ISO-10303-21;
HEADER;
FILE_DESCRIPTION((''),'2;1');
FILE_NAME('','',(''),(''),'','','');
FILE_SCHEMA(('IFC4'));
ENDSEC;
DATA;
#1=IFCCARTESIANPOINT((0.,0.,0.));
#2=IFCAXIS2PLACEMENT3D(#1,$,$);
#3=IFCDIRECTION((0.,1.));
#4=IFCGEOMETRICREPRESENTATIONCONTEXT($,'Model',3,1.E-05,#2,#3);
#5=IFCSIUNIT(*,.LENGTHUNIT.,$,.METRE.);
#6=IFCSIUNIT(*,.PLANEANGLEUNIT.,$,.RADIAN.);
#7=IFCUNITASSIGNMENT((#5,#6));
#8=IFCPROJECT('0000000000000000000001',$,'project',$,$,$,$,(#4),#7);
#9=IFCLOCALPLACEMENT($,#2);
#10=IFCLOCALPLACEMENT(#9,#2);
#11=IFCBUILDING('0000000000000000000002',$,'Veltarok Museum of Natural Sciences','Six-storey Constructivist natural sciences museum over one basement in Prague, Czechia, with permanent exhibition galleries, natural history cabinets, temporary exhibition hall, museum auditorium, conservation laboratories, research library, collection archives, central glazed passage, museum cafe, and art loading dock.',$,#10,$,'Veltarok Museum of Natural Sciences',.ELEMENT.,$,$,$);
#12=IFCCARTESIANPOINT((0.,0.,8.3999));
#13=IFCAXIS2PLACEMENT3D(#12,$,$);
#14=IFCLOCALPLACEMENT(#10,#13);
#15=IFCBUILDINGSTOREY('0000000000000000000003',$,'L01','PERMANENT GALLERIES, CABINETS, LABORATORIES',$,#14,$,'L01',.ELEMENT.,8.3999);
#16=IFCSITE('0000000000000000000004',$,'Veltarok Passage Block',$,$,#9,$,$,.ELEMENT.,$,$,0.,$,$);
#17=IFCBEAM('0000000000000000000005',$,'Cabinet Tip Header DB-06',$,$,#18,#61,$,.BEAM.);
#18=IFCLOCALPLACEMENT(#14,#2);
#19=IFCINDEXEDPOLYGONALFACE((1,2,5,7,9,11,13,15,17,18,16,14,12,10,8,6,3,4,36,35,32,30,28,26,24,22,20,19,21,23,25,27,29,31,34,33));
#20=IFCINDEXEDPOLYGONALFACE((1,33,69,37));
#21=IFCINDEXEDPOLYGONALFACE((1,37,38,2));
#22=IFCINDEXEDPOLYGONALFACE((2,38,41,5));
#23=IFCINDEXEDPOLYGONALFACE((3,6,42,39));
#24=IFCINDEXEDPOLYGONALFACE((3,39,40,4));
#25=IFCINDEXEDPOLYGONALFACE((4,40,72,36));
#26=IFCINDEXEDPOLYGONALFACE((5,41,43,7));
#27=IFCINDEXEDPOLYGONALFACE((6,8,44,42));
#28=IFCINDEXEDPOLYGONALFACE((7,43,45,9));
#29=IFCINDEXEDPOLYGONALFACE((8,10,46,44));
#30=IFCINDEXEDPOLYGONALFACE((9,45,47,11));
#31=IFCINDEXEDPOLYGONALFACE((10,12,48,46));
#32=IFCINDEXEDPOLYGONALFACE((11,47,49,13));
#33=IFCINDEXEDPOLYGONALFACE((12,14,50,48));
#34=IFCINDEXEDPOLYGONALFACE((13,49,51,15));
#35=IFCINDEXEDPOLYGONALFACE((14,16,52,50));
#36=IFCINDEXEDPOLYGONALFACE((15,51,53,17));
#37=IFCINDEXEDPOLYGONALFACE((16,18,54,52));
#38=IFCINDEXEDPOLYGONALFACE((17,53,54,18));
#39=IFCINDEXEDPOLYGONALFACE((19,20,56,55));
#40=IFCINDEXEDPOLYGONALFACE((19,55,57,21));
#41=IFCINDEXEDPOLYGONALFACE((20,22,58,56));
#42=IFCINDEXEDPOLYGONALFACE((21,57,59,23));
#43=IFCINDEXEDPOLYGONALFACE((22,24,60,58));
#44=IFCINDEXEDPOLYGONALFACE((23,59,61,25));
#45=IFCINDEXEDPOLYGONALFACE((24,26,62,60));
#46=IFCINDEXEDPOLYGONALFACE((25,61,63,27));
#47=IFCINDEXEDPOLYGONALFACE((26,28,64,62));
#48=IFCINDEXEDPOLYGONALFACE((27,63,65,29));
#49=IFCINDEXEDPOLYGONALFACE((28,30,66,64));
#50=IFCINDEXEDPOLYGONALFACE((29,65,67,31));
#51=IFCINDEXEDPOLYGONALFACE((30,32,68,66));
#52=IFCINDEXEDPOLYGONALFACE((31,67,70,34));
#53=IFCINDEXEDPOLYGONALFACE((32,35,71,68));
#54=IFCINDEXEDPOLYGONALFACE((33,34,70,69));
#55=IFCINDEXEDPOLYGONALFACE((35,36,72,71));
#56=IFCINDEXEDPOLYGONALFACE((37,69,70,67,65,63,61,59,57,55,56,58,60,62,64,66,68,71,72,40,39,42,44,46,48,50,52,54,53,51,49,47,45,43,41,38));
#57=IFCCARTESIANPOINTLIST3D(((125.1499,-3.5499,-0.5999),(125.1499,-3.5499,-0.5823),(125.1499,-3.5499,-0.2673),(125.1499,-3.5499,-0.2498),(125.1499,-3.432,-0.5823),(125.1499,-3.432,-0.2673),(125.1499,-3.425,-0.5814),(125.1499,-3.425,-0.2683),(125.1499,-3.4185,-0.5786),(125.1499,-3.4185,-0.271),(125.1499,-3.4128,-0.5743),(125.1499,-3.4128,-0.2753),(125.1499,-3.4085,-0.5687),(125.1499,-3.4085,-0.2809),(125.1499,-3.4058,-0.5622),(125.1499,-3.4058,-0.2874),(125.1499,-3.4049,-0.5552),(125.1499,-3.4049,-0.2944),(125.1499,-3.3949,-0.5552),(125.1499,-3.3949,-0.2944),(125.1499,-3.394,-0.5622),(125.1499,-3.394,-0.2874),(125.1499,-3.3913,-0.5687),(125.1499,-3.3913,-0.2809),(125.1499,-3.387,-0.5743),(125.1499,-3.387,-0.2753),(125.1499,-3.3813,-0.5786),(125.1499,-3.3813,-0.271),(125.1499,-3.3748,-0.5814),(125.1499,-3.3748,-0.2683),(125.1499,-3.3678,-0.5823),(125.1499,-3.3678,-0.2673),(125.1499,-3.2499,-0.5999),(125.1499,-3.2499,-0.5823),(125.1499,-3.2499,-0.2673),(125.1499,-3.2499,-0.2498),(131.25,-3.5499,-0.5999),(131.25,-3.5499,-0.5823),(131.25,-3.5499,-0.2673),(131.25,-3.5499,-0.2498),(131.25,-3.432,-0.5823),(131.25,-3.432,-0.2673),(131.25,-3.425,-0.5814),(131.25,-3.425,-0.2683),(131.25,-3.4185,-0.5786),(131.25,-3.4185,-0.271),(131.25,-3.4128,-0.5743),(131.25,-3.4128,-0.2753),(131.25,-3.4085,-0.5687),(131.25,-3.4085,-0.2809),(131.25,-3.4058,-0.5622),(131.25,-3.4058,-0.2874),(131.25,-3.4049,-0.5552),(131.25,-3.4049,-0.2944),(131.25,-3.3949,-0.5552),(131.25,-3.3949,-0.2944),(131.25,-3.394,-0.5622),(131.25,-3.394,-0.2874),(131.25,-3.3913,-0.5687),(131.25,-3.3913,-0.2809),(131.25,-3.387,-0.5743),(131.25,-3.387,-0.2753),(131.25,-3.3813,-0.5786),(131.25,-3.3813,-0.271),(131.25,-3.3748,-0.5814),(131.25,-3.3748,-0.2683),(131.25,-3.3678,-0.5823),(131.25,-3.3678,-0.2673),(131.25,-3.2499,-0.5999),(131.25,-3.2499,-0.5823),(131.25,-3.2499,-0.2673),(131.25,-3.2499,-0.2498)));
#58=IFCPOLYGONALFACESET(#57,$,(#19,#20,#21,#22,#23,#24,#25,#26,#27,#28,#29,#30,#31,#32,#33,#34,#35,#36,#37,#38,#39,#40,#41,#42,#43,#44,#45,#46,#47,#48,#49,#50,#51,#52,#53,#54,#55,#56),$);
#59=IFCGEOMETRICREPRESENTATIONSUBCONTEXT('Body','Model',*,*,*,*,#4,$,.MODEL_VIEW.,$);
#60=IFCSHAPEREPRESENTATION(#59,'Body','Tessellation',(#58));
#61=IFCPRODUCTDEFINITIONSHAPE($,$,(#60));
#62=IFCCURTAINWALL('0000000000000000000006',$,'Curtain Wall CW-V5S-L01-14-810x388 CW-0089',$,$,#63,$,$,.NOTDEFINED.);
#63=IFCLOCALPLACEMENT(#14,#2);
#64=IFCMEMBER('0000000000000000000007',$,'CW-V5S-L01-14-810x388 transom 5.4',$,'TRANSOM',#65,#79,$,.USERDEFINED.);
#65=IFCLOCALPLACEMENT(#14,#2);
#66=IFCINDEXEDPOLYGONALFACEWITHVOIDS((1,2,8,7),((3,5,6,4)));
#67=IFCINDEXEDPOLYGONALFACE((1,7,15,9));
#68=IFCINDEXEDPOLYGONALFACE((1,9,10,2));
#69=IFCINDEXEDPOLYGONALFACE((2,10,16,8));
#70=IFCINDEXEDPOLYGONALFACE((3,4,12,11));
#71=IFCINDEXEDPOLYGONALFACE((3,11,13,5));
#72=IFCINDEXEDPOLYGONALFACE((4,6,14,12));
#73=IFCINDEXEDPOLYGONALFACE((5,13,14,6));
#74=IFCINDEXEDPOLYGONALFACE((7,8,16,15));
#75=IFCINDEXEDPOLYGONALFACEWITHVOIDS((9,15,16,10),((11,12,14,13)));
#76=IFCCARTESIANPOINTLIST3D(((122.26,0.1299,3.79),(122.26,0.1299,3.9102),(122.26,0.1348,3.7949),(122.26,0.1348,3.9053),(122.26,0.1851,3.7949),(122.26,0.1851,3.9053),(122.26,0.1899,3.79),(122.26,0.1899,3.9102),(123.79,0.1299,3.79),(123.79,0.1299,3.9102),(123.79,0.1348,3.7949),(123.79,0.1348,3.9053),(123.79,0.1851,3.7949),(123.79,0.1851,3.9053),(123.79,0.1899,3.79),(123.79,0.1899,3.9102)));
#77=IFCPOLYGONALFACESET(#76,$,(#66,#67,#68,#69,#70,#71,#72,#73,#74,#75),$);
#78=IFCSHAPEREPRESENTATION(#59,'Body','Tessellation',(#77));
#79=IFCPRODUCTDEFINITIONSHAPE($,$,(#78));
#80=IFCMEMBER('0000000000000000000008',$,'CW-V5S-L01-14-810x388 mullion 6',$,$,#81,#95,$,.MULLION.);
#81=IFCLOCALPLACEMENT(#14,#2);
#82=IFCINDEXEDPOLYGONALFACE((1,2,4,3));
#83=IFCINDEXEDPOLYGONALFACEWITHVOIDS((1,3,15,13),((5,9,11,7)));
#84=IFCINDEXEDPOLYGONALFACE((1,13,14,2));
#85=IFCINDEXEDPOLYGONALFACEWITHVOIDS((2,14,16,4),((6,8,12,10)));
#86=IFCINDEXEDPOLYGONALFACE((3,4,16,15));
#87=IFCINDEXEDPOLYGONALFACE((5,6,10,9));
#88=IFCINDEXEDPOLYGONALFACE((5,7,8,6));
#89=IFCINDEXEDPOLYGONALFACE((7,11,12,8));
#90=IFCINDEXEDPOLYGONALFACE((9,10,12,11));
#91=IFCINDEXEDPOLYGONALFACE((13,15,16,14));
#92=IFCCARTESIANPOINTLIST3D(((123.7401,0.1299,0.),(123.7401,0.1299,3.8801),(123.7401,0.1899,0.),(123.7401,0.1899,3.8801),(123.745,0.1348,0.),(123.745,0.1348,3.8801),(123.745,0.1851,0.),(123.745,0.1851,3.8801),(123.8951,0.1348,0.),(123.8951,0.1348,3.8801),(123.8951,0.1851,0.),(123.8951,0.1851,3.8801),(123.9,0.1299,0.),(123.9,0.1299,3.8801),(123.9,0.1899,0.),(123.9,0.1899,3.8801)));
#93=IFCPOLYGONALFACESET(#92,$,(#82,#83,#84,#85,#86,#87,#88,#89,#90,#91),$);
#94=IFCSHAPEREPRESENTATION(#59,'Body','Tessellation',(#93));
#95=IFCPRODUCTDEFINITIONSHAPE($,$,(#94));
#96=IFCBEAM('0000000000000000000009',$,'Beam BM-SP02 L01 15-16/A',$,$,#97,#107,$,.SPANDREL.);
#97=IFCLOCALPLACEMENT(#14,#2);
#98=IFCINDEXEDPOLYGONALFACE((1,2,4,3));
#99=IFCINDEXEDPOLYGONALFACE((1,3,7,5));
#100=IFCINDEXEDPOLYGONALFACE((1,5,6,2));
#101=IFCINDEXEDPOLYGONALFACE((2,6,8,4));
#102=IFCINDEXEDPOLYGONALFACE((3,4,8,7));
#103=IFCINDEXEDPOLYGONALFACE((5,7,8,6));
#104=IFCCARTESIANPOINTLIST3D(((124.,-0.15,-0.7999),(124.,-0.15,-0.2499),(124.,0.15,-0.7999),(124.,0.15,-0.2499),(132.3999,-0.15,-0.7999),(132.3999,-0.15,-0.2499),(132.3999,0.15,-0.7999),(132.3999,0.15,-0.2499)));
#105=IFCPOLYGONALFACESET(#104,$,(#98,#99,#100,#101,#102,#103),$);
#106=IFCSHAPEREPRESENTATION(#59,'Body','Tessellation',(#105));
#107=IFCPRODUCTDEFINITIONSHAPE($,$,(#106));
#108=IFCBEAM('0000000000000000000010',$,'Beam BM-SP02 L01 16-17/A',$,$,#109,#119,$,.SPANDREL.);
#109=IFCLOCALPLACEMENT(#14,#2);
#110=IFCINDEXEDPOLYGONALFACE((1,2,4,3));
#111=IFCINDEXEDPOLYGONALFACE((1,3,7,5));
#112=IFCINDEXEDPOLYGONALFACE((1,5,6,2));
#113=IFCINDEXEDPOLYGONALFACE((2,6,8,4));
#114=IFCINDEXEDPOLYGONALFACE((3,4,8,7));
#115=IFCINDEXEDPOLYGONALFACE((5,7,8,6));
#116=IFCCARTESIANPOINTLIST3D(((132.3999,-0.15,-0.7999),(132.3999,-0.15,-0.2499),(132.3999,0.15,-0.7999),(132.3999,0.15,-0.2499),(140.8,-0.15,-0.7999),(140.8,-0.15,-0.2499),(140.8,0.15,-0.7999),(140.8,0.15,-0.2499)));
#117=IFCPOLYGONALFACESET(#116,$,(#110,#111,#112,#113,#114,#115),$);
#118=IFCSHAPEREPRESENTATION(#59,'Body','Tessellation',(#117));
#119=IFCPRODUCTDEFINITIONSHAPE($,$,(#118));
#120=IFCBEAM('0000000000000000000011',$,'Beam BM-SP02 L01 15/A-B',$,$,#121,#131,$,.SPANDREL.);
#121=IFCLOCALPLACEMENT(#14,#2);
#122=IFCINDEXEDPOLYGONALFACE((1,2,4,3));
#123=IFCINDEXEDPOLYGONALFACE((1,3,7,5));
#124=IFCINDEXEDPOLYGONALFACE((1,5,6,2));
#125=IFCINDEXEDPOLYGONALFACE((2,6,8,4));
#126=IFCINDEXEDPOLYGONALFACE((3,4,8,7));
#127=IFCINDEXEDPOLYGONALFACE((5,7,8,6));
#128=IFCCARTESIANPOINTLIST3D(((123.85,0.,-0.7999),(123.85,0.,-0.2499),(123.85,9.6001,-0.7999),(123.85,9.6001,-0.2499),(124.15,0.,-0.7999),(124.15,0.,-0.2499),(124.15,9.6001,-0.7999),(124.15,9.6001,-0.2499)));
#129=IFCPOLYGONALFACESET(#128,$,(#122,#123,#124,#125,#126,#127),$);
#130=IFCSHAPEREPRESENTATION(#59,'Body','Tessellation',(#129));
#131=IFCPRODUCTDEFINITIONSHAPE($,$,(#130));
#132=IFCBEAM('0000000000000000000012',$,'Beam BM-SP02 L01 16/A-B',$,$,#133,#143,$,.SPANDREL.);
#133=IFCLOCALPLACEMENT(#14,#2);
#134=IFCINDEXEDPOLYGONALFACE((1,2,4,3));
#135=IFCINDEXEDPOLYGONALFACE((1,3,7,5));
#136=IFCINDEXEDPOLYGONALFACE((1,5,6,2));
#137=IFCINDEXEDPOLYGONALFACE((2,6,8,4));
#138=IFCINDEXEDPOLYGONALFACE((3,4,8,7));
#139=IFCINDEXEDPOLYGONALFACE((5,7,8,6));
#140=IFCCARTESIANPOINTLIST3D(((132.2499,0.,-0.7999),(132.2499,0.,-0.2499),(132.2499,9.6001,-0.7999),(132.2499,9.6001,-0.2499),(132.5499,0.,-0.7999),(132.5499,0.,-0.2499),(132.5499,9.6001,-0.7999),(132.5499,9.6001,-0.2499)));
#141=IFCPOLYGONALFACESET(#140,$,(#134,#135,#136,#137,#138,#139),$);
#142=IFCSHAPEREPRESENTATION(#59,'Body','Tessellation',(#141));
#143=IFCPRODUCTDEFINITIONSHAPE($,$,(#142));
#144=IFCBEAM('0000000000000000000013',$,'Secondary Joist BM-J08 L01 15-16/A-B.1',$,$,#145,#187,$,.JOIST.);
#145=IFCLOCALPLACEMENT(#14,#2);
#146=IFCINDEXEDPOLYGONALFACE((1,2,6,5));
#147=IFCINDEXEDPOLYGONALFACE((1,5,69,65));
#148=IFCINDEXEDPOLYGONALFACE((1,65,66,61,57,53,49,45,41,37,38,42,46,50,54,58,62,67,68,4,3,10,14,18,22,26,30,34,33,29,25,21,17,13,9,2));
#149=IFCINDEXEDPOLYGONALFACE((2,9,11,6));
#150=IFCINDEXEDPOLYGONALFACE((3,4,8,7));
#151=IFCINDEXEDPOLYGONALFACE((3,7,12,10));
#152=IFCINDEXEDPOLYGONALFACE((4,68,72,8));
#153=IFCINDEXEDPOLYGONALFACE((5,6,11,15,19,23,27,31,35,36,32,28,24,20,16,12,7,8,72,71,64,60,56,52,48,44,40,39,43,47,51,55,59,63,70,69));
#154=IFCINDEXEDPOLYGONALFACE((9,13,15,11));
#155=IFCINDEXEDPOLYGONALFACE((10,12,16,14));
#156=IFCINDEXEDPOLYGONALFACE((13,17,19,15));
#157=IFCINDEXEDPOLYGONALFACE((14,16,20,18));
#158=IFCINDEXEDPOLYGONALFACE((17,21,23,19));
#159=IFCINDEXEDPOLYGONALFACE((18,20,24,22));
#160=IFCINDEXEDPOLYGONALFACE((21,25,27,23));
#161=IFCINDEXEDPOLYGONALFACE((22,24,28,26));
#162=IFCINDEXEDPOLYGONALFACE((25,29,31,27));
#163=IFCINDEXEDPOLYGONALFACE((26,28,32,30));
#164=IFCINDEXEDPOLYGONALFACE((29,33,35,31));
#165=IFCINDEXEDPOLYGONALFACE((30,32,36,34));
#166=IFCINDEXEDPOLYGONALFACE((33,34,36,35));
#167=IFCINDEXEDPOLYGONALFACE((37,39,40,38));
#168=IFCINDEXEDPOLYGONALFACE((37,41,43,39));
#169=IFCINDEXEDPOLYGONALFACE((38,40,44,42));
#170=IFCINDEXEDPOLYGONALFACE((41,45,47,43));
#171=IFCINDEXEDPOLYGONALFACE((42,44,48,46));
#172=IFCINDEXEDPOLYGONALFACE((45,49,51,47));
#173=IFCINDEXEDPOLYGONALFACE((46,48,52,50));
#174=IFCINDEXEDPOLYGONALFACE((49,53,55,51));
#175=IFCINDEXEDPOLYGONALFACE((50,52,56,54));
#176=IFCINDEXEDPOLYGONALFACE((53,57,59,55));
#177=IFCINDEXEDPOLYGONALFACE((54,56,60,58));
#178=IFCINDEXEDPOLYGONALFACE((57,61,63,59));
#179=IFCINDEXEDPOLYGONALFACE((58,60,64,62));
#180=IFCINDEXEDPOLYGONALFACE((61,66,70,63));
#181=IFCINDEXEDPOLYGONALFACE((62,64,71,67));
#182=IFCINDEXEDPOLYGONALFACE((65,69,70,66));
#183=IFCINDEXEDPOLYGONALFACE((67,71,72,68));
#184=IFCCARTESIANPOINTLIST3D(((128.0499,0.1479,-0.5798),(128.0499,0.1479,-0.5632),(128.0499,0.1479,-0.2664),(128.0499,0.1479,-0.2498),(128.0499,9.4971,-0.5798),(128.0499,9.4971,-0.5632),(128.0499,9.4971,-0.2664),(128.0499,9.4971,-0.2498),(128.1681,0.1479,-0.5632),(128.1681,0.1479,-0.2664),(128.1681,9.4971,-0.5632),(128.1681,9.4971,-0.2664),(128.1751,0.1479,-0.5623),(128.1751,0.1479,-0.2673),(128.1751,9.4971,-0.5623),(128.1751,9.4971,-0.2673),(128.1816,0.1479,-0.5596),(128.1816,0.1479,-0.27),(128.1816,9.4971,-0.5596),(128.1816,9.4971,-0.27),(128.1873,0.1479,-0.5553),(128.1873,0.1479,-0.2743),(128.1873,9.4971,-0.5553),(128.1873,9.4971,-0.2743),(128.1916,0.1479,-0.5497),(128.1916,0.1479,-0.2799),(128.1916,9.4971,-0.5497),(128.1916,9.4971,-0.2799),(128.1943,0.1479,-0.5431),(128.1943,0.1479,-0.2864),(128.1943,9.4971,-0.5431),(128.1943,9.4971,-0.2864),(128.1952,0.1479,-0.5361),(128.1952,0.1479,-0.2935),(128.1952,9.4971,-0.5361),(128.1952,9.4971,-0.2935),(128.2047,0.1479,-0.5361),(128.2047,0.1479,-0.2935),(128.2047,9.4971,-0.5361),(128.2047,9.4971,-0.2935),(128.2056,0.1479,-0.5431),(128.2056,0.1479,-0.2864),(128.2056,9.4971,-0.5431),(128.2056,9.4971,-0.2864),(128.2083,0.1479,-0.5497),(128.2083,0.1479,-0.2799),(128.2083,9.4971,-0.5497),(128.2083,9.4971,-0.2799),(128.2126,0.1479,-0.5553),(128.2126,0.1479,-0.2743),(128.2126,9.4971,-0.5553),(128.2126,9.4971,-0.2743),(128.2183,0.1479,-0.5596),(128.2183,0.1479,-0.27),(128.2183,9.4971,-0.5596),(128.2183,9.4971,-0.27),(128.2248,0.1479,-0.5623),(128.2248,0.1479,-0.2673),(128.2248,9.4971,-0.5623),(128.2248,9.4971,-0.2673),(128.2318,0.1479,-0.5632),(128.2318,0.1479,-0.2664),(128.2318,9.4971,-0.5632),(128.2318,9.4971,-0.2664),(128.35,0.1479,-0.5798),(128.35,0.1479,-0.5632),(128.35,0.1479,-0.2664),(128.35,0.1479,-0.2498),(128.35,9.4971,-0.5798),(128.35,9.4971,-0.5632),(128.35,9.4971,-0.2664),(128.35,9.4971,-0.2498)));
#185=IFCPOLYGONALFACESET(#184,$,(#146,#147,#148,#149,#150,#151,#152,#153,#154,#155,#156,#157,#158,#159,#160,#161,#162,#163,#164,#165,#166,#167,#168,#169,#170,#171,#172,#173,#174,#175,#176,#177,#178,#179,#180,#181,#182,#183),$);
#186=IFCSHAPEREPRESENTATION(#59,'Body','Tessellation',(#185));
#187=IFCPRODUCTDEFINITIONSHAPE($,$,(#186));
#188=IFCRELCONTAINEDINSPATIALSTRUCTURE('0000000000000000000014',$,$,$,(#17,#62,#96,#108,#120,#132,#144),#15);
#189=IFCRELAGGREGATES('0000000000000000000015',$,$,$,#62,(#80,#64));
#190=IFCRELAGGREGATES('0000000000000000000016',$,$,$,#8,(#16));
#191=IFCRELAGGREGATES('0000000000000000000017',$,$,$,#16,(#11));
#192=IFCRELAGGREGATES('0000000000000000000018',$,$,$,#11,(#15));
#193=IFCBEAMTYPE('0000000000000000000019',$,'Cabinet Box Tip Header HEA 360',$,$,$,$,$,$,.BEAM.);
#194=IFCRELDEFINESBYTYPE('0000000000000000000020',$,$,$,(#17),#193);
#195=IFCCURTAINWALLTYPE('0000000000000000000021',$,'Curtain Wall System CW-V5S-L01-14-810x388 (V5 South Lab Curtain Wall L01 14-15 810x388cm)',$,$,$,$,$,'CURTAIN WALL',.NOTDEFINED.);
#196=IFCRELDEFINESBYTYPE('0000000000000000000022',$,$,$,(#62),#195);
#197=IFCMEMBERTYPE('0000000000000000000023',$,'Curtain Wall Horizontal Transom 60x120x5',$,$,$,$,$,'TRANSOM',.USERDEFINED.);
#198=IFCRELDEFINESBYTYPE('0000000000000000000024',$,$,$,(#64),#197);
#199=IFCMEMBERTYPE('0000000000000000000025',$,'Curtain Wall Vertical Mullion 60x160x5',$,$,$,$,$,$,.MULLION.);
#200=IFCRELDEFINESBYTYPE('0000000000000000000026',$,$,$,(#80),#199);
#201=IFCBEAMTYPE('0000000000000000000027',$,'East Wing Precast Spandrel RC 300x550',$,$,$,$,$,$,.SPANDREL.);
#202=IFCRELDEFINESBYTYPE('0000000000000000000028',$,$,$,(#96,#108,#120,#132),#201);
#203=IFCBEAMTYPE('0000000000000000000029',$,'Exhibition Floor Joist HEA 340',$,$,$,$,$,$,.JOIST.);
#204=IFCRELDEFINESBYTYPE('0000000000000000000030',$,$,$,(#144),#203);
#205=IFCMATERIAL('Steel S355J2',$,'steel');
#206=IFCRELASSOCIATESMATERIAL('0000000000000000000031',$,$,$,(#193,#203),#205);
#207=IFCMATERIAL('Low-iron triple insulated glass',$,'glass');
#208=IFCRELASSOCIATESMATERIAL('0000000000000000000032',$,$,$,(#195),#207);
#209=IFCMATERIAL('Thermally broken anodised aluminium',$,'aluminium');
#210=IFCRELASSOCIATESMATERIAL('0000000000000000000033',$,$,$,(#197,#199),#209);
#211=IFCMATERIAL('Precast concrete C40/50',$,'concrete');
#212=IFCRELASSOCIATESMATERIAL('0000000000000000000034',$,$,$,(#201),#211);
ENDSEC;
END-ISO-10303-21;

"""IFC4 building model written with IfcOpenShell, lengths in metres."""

from ifc_helpers import new_model, si_unit, direction, frame, origin, origin_2d, place, context, subcontext, project, spatial, rectangle, hollow_rectangle, i_section, extrude, material, material_profile, profile_set, type_object, element, aggregate, save


model = new_model("IFC4")

# Units and contexts
model_context = context("Model", 3, precision=1e-05, world=origin(), true_north=direction((0.0, 1.0)))
body_context = subcontext(model_context, "Body", "Model", "MODEL_VIEW")
ifc_project = project(units=[si_unit("LENGTHUNIT", "METRE"), si_unit("PLANEANGLEUNIT", "RADIAN")], contexts=[model_context])

# Site, building, storey
site_placement = place(None, origin())
site = spatial("IfcSite", under=ifc_project, at=site_placement, Name="Veltarok Passage Block", CompositionType="ELEMENT", RefElevation=0.0)
building_placement = place(site_placement, origin())
building = spatial("IfcBuilding", under=site, at=building_placement, Name="Veltarok Museum of Natural Sciences", Description="Six-storey Constructivist natural sciences museum over one basement in Prague, Czechia, with permanent exhibition galleries, natural history cabinets, temporary exhibition hall, museum auditorium, conservation laboratories, research library, collection archives, central glazed passage, museum cafe, and art loading dock.", LongName="Veltarok Museum of Natural Sciences", CompositionType="ELEMENT")
storey_placement = place(building_placement, frame((0.0, 0.0, 8.3999)))
storey = spatial("IfcBuildingStorey", under=building, at=storey_placement, Name="L01", Description="PERMANENT GALLERIES, CABINETS, LABORATORIES", LongName="L01", CompositionType="ELEMENT", Elevation=8.3999)

# Shared definitions
ifc_material_1 = material(Name="Steel S355J2", Category="steel")

# Beam
ifc_material_profile_1 = material_profile(ifc_material_1, i_section(OverallWidth=0.3, OverallDepth=0.3501, WebThickness=0.01, FlangeThickness=0.0176, FilletRadius=0.0271, at=origin_2d()), Name="HEA 360")
ifc_profile_set_1 = profile_set([ifc_material_profile_1], Name="Steel S355J2")
beam_type_1 = type_object("IfcBeamType", Name="Cabinet Box Tip Header HEA 360", PredefinedType="BEAM", material=ifc_profile_set_1)
beam_1_placement = place(storey_placement, frame((125.1499, -3.3999, -0.4248), z_axis=(1.0, 0.0, 0.0), x_axis=(0.0, 1.0, 0.0)))
element("IfcBeam", 1, at=beam_1_placement, inside=storey, type_object=beam_type_1, Name="Cabinet Tip Header DB-06", PredefinedType="BEAM", context=body_context, shape_type="SweptSolid", body=[
    extrude(i_section(OverallWidth=0.3, OverallDepth=0.3501, WebThickness=0.01, FlangeThickness=0.0176, FilletRadius=0.0271, at=origin_2d()), origin(), (0.0, 0.0, 1.0), 6.1001),
])

# Curtain wall, members
ifc_material_2 = material(Name="Low-iron triple insulated glass", Category="glass")
curtain_wall_type = type_object("IfcCurtainWallType", Name="Curtain Wall System CW-V5S-L01-14-810x388 (V5 South Lab Curtain Wall L01 14-15 810x388cm)", ElementType="CURTAIN WALL", PredefinedType="NOTDEFINED", material=ifc_material_2)
curtain_wall_placement = place(storey_placement, origin())
curtain_wall = element("IfcCurtainWall", 2, at=curtain_wall_placement, inside=storey, type_object=curtain_wall_type, Name="Curtain Wall CW-V5S-L01-14-810x388 CW-0089", PredefinedType="NOTDEFINED")
ifc_material_3 = material(Name="Thermally broken anodised aluminium", Category="aluminium")
ifc_material_profile_2 = material_profile(ifc_material_3, hollow_rectangle(XDim=0.0601, YDim=0.1201, WallThickness=0.0049, at=origin_2d()), Name="CW TRANSOM 60x120x5")
ifc_profile_set_2 = profile_set([ifc_material_profile_2], Name="Thermally broken anodised aluminium")
member_type_1 = type_object("IfcMemberType", Name="Curtain Wall Horizontal Transom 60x120x5", ElementType="TRANSOM", PredefinedType="USERDEFINED", material=ifc_profile_set_2)
member_1_placement = place(storey_placement, frame((122.26, 0.1599, 3.8501), z_axis=(1.0, 0.0, 0.0), x_axis=(0.0, 1.0, 0.0)))
member_1 = element("IfcMember", 3, at=member_1_placement, type_object=member_type_1, Name="CW-V5S-L01-14-810x388 transom 5.4", ObjectType="TRANSOM", PredefinedType="USERDEFINED", context=body_context, shape_type="SweptSolid", body=[
    extrude(hollow_rectangle(XDim=0.0601, YDim=0.1201, WallThickness=0.0049, at=origin_2d()), origin(), (0.0, 0.0, 1.0), 1.53),
])
ifc_material_profile_3 = material_profile(ifc_material_3, hollow_rectangle(XDim=0.0601, YDim=0.1599, WallThickness=0.0049, at=origin_2d()), Name="CW MULLION 60x160x5")
ifc_profile_set_3 = profile_set([ifc_material_profile_3], Name="Thermally broken anodised aluminium")
member_type_2 = type_object("IfcMemberType", Name="Curtain Wall Vertical Mullion 60x160x5", PredefinedType="MULLION", material=ifc_profile_set_3)
member_2_placement = place(storey_placement, frame((123.8201, 0.1599, 0.0), z_axis=(0.0, 0.0, 1.0), x_axis=(0.0, 1.0, 0.0)))
member_2 = element("IfcMember", 4, at=member_2_placement, type_object=member_type_2, Name="CW-V5S-L01-14-810x388 mullion 6", PredefinedType="MULLION", context=body_context, shape_type="SweptSolid", body=[
    extrude(hollow_rectangle(XDim=0.0601, YDim=0.1599, WallThickness=0.0049, at=origin_2d()), origin(), (0.0, 0.0, 1.0), 3.8801),
])

# Beams
ifc_material_4 = material(Name="Precast concrete C40/50", Category="concrete")
ifc_material_profile_4 = material_profile(ifc_material_4, rectangle(XDim=0.3, YDim=0.55, at=origin_2d()), Name="RC 300x550")
ifc_profile_set_4 = profile_set([ifc_material_profile_4], Name="Precast concrete C40/50")
beam_type_2 = type_object("IfcBeamType", Name="East Wing Precast Spandrel RC 300x550", PredefinedType="SPANDREL", material=ifc_profile_set_4)
beam_2_placement = place(storey_placement, frame((124.0, 0.0, -0.5249), z_axis=(1.0, 0.0, 0.0), x_axis=(0.0, 1.0, 0.0)))
element("IfcBeam", 5, at=beam_2_placement, inside=storey, type_object=beam_type_2, Name="Beam BM-SP02 L01 15-16/A", PredefinedType="SPANDREL", context=body_context, shape_type="SweptSolid", body=[
    extrude(rectangle(XDim=0.3, YDim=0.55, at=origin_2d()), origin(), (0.0, 0.0, 1.0), 8.3999),
])
beam_3_placement = place(storey_placement, frame((132.3999, 0.0, -0.5249), z_axis=(1.0, 0.0, 0.0), x_axis=(0.0, 1.0, 0.0)))
element("IfcBeam", 6, at=beam_3_placement, inside=storey, type_object=beam_type_2, Name="Beam BM-SP02 L01 16-17/A", PredefinedType="SPANDREL", context=body_context, shape_type="SweptSolid", body=[
    extrude(rectangle(XDim=0.3, YDim=0.55, at=origin_2d()), origin(), (0.0, 0.0, 1.0), 8.4001),
])
for number, where, z_axis, x_axis, name in (
    (7, (124.0, 0.0, -0.5249), (0.0, 1.0, 0.0), (-1.0, 0.0, 0.0), "Beam BM-SP02 L01 15/A-B"),
    (8, (132.3999, 0.0, -0.5249), (0.0, 1.0, 0.0), (-1.0, 0.0, 0.0), "Beam BM-SP02 L01 16/A-B"),
):
    element("IfcBeam", number, at=place(storey_placement, frame(where, z_axis=z_axis, x_axis=x_axis)), inside=storey, type_object=beam_type_2, Name=name, PredefinedType="SPANDREL", context=body_context, shape_type="SweptSolid", body=[
        extrude(rectangle(XDim=0.3, YDim=0.55, at=origin_2d()), origin(), (0.0, 0.0, 1.0), 9.6001),
    ])
ifc_material_profile_5 = material_profile(ifc_material_1, i_section(OverallWidth=0.3, OverallDepth=0.3301, WebThickness=0.0095, FlangeThickness=0.0166, FilletRadius=0.0271, at=origin_2d()), Name="HEA 340")
ifc_profile_set_5 = profile_set([ifc_material_profile_5], Name="Steel S355J2")
beam_type_3 = type_object("IfcBeamType", Name="Exhibition Floor Joist HEA 340", PredefinedType="JOIST", material=ifc_profile_set_5)
beam_4_placement = place(storey_placement, frame((128.2, 0.1479, -0.4148), z_axis=(0.0, 1.0, 0.0), x_axis=(-1.0, 0.0, 0.0)))
element("IfcBeam", 9, at=beam_4_placement, inside=storey, type_object=beam_type_3, Name="Secondary Joist BM-J08 L01 15-16/A-B.1", PredefinedType="JOIST", context=body_context, shape_type="SweptSolid", body=[
    extrude(i_section(OverallWidth=0.3, OverallDepth=0.3301, WebThickness=0.0095, FlangeThickness=0.0166, FilletRadius=0.0271, at=origin_2d()), origin(), (0.0, 0.0, 1.0), 9.3491),
])

aggregate(curtain_wall, [member_2, member_1])

save(model, "model.ifc")
